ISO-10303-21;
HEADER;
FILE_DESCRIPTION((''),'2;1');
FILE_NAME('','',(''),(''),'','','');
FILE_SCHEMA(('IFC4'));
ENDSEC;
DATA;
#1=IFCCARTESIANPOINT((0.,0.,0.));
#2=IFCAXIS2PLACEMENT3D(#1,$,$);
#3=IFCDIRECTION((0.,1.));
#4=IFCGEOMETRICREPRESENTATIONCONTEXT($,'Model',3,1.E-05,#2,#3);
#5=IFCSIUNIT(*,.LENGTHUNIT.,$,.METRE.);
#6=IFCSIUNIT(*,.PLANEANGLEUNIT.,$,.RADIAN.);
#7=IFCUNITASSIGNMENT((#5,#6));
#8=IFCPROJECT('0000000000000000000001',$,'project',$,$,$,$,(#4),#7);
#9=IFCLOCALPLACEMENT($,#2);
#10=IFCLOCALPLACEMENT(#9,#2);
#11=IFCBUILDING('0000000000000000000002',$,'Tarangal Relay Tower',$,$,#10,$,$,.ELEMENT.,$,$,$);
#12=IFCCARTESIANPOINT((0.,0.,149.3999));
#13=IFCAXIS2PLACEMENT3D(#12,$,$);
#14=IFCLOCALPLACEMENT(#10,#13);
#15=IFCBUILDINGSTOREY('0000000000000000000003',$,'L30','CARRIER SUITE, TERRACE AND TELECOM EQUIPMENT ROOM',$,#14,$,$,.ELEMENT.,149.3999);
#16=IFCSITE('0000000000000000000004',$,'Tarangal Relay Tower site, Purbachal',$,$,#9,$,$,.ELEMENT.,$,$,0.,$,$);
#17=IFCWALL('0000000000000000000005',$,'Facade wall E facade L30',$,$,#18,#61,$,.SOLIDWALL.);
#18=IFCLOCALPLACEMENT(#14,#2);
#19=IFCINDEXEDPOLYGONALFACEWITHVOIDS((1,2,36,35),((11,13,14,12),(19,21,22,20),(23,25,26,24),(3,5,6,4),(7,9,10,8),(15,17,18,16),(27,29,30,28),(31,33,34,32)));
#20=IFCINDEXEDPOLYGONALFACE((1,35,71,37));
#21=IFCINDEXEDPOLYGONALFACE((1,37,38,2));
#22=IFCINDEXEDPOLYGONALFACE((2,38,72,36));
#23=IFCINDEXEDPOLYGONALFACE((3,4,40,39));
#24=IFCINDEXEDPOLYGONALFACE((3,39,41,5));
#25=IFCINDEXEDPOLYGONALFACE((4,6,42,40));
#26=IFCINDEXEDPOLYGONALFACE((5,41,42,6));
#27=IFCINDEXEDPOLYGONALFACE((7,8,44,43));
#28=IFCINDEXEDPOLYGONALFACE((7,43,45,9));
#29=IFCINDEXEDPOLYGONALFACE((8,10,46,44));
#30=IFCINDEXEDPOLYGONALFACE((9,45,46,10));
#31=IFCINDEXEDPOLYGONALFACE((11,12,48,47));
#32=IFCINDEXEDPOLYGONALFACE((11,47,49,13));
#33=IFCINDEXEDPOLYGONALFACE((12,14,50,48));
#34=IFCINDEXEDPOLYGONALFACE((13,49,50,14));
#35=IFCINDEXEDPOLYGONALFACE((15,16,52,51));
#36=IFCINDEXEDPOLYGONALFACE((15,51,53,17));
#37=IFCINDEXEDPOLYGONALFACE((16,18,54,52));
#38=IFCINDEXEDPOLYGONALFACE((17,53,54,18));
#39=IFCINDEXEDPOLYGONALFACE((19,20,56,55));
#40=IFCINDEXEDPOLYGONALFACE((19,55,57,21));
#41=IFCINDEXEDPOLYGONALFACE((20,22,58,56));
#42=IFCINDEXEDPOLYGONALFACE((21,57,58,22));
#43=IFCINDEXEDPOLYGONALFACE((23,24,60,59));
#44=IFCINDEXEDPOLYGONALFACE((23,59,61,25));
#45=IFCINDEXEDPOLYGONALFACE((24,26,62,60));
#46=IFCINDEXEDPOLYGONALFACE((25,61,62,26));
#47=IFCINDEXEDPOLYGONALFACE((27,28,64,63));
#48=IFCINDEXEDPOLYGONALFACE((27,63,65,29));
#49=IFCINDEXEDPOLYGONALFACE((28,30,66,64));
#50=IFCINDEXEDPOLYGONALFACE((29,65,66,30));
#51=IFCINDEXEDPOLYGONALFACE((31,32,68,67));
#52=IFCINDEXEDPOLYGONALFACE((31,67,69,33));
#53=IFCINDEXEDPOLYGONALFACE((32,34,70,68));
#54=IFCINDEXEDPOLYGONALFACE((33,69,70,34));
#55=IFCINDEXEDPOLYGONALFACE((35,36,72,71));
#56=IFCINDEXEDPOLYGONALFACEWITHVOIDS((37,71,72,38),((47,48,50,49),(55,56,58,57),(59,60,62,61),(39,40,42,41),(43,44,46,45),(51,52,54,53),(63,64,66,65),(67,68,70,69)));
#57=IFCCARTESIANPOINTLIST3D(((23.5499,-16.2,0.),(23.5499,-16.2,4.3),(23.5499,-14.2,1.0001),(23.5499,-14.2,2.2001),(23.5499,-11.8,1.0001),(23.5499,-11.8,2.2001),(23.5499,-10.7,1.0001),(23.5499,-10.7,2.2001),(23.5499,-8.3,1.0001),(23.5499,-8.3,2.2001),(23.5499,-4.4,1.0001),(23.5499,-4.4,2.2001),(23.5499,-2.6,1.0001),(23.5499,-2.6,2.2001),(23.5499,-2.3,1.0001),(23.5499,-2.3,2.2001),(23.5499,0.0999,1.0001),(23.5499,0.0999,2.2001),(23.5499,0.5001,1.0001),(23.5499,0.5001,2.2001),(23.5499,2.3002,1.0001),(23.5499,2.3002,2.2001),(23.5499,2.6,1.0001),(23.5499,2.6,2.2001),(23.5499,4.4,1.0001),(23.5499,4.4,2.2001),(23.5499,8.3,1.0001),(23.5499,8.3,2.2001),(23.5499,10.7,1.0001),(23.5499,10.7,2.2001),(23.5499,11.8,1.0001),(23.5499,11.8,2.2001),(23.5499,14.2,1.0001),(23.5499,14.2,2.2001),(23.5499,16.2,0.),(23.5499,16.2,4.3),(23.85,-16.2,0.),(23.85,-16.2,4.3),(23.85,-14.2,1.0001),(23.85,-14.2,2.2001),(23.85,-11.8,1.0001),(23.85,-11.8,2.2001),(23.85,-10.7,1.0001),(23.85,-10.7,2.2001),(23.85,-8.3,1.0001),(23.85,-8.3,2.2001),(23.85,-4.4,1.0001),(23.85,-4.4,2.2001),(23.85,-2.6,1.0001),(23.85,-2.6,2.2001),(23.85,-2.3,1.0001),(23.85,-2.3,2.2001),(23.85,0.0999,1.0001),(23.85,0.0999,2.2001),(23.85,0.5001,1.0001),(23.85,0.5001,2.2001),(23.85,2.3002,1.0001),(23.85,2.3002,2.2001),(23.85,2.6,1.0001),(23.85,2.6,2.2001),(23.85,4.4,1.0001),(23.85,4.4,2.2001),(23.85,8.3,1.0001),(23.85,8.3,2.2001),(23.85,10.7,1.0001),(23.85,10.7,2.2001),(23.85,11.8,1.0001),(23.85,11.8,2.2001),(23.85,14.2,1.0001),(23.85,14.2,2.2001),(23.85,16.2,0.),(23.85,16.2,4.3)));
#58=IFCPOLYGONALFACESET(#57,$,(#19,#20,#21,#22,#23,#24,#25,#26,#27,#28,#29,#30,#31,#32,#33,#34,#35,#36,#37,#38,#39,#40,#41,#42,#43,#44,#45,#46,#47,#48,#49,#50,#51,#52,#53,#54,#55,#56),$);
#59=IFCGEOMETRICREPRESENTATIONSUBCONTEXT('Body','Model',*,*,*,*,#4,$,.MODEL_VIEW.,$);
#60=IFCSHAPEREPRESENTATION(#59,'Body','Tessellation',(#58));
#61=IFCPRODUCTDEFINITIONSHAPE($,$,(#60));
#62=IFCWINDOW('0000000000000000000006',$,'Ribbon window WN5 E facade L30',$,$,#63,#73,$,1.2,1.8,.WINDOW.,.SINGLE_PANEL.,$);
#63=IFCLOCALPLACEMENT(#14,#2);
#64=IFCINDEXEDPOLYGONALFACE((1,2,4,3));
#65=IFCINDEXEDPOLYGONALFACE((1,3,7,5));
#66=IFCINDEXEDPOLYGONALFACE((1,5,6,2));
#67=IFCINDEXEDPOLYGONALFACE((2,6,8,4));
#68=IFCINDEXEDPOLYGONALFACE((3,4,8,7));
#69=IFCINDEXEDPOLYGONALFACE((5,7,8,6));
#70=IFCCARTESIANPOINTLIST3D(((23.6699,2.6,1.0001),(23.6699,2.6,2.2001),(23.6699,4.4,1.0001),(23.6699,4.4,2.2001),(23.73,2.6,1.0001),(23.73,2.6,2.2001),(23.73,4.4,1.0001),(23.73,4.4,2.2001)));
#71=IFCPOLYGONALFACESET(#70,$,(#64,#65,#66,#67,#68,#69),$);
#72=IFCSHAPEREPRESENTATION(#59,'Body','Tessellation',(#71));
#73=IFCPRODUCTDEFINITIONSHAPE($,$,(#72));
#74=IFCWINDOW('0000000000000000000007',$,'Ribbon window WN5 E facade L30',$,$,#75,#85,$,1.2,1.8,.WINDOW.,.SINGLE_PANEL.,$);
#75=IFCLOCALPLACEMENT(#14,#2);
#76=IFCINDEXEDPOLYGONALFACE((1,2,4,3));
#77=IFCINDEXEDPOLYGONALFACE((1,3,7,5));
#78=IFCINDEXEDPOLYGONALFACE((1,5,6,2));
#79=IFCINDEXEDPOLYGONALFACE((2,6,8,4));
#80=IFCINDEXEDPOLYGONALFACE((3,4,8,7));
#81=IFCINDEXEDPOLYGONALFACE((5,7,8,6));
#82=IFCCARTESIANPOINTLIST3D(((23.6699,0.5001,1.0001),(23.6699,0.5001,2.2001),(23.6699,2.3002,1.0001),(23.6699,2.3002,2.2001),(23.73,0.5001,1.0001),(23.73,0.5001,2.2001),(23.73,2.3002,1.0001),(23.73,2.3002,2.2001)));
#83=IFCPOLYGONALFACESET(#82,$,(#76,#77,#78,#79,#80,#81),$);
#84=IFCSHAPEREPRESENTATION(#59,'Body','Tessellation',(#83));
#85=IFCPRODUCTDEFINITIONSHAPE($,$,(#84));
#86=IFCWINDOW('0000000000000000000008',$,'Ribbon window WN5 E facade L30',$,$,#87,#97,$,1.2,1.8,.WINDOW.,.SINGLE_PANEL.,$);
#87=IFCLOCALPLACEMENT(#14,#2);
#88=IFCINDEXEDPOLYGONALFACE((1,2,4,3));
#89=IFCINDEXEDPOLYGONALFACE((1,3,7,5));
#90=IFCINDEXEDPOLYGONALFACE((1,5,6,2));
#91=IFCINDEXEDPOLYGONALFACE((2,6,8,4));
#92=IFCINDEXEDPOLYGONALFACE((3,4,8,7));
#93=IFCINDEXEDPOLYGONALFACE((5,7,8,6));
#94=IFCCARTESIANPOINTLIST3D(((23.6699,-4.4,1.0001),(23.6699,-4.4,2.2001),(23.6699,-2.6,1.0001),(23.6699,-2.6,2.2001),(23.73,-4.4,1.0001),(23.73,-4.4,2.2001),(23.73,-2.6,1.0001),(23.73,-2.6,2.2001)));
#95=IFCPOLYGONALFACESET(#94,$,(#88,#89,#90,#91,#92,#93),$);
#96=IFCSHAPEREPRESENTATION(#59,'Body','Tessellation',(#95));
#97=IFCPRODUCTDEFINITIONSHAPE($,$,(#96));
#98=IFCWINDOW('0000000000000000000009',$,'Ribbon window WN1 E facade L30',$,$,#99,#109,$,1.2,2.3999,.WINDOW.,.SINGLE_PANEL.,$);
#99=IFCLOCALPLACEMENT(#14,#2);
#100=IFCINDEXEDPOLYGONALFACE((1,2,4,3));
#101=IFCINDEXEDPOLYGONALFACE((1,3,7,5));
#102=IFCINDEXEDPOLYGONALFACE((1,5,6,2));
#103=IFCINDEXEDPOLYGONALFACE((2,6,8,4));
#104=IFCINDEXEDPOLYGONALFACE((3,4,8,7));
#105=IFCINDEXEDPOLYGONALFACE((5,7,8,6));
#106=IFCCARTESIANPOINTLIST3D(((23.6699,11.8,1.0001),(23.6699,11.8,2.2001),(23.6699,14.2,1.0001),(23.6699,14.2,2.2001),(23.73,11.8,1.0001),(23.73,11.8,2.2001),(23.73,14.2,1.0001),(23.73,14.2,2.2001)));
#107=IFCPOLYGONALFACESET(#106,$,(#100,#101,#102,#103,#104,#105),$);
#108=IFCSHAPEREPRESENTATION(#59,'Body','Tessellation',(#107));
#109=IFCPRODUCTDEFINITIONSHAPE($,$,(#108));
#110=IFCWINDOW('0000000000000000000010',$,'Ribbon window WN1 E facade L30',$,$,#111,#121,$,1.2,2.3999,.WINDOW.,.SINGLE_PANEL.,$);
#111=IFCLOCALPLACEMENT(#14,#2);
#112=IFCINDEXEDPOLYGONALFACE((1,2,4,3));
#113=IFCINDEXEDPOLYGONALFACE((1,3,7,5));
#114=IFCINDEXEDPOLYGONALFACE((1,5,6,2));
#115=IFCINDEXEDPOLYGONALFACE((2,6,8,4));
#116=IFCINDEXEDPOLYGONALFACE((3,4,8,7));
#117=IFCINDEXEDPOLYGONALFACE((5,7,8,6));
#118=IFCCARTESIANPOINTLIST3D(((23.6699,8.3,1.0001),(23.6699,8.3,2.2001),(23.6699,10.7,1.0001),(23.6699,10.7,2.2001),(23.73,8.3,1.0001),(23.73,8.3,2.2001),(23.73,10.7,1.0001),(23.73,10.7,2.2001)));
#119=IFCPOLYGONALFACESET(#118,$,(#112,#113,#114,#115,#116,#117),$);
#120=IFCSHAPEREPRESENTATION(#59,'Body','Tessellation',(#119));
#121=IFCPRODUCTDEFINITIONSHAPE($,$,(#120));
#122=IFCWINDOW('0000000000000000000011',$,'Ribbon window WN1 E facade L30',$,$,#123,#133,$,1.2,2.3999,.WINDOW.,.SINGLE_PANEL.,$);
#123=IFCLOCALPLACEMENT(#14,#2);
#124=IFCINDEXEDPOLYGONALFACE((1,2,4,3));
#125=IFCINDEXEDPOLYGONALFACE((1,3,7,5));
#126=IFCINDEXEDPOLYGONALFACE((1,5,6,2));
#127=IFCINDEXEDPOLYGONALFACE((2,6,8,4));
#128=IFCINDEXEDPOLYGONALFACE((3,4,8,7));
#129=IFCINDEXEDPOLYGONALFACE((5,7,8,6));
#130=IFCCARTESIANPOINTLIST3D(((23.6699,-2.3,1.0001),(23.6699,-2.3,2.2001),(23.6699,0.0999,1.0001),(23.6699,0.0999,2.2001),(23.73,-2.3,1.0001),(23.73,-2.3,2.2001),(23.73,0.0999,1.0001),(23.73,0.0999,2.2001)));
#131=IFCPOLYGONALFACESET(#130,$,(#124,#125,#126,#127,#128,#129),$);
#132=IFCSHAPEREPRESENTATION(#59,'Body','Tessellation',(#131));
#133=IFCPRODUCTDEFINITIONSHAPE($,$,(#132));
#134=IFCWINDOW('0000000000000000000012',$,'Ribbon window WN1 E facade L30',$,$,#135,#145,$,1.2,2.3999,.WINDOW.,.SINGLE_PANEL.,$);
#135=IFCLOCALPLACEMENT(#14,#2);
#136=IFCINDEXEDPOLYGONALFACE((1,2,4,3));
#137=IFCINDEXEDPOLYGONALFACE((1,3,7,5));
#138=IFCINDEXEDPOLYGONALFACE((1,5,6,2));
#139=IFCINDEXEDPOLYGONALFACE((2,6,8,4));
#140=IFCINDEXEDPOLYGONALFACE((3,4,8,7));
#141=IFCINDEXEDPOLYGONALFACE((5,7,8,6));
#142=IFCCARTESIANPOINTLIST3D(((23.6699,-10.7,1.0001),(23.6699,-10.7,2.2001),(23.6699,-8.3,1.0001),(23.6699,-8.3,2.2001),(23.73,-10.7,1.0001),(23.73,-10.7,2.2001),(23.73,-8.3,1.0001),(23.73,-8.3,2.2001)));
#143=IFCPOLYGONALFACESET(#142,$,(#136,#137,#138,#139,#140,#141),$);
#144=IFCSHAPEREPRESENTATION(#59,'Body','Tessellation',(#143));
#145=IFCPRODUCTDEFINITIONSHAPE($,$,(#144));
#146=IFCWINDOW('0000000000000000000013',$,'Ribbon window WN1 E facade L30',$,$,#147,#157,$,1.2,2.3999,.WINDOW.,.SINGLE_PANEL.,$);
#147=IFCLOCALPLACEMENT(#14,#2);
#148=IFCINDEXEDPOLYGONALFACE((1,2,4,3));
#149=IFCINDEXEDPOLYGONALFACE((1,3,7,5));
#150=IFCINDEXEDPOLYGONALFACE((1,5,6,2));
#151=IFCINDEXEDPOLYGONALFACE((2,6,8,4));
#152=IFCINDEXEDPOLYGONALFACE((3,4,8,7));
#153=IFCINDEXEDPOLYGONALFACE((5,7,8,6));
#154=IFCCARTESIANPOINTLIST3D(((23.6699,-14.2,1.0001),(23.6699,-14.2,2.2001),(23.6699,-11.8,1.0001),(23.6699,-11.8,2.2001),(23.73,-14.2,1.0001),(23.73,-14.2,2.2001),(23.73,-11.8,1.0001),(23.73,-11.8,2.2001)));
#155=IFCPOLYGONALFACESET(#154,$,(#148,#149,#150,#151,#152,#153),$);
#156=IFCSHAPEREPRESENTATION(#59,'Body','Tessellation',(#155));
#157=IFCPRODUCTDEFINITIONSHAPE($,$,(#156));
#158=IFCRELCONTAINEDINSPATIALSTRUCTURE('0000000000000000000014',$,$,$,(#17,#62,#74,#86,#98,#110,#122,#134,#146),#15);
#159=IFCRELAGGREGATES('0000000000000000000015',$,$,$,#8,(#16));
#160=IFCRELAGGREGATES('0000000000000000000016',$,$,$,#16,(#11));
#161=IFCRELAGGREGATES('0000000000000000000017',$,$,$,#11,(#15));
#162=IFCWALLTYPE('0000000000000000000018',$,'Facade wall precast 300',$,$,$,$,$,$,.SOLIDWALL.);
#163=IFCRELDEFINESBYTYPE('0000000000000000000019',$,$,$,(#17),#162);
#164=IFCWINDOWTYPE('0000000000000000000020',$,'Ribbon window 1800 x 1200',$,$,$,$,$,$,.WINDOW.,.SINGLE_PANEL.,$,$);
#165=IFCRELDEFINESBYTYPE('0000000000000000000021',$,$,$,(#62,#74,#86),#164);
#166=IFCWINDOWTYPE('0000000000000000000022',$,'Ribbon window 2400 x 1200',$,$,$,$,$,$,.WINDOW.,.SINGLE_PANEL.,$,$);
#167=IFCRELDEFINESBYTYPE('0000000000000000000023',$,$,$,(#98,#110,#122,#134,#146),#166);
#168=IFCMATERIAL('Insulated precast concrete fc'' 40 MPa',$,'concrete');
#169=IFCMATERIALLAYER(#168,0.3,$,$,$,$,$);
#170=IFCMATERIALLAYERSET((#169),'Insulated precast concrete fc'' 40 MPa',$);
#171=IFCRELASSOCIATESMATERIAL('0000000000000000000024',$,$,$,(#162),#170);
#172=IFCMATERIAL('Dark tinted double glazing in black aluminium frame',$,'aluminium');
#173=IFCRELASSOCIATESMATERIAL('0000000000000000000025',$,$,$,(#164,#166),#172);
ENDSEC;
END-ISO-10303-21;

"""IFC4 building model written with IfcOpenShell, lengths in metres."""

from ifc_helpers import new_model, si_unit, direction, frame, frame_2d, origin, place, context, subcontext, project, spatial, rectangle, extrude, material, layer, layer_set, type_object, element, fill, save


model = new_model("IFC4")

# Units and contexts
model_context = context("Model", 3, precision=1e-05, world=origin(), true_north=direction((0.0, 1.0)))
body_context = subcontext(model_context, "Body", "Model", "MODEL_VIEW")
ifc_project = project(units=[si_unit("LENGTHUNIT", "METRE"), si_unit("PLANEANGLEUNIT", "RADIAN")], contexts=[model_context])

# Site, building, storey
site_placement = place(None, origin())
site = spatial("IfcSite", under=ifc_project, at=site_placement, Name="Tarangal Relay Tower site, Purbachal", CompositionType="ELEMENT", RefElevation=0.0)
building_placement = place(site_placement, origin())
building = spatial("IfcBuilding", under=site, at=building_placement, Name="Tarangal Relay Tower", CompositionType="ELEMENT")
storey_placement = place(building_placement, frame((0.0, 0.0, 149.3999)))
storey = spatial("IfcBuildingStorey", under=building, at=storey_placement, Name="L30", Description="CARRIER SUITE, TERRACE AND TELECOM EQUIPMENT ROOM", CompositionType="ELEMENT", Elevation=149.3999)

# Shared definitions
ifc_material_1 = material(Name="Insulated precast concrete fc' 40 MPa", Category="concrete")
ifc_layer_1 = layer(ifc_material_1, 0.3)
ifc_layer_set_1 = layer_set([ifc_layer_1], Name="Insulated precast concrete fc' 40 MPa")
wall_type_1 = type_object("IfcWallType", Name="Facade wall precast 300", PredefinedType="SOLIDWALL", material=ifc_layer_set_1)

# Wall, openings, windows
wall_1_placement = place(storey_placement, frame((23.7, 16.2, 0.0), z_axis=(0.0, 0.0, 1.0), x_axis=(0.0, -1.0, 0.0)))
wall_1 = element("IfcWall", 1, at=wall_1_placement, inside=storey, type_object=wall_type_1, Name="Facade wall E facade L30", PredefinedType="SOLIDWALL", context=body_context, shape_type="SweptSolid", body=[
    extrude(rectangle(XDim=32.3999, YDim=0.3, at=frame_2d((16.2, 0.0))), origin(), (0.0, 0.0, 1.0), 4.3),
])
opening_1_placement = place(wall_1_placement, frame((2.0, 0.0, 1.0)))
opening_1 = element("IfcOpeningElement", 2, at=opening_1_placement, cuts=wall_1, PredefinedType="OPENING", context=body_context, shape_type="SweptSolid", body=[
    extrude(rectangle(XDim=2.3999, YDim=1.2, at=frame_2d((1.2, 0.6001))), frame((0.0, 0.1599, 0.0), z_axis=(0.0, -1.0, 0.0), x_axis=(1.0, 0.0, 0.0)), (0.0, 0.0, 1.0), 0.3201),
])
opening_2_placement = place(wall_1_placement, frame((5.5, 0.0, 1.0)))
opening_2 = element("IfcOpeningElement", 3, at=opening_2_placement, cuts=wall_1, PredefinedType="OPENING", context=body_context, shape_type="SweptSolid", body=[
    extrude(rectangle(XDim=2.3999, YDim=1.2, at=frame_2d((1.2, 0.6001))), frame((0.0, 0.1599, 0.0), z_axis=(0.0, -1.0, 0.0), x_axis=(1.0, 0.0, 0.0)), (0.0, 0.0, 1.0), 0.3201),
])
opening_3_placement = place(wall_1_placement, frame((11.8, 0.0, 1.0)))
opening_3 = element("IfcOpeningElement", 4, at=opening_3_placement, cuts=wall_1, PredefinedType="OPENING", context=body_context, shape_type="SweptSolid", body=[
    extrude(rectangle(XDim=1.8, YDim=1.2, at=frame_2d((0.8999, 0.6001))), frame((0.0, 0.1599, 0.0), z_axis=(0.0, -1.0, 0.0), x_axis=(1.0, 0.0, 0.0)), (0.0, 0.0, 1.0), 0.3201),
])
opening_4_placement = place(wall_1_placement, frame((13.8999, 0.0, 1.0)))
opening_4 = element("IfcOpeningElement", 5, at=opening_4_placement, cuts=wall_1, PredefinedType="OPENING", context=body_context, shape_type="SweptSolid", body=[
    extrude(rectangle(XDim=1.8, YDim=1.2, at=frame_2d((0.8999, 0.6001))), frame((0.0, 0.1599, 0.0), z_axis=(0.0, -1.0, 0.0), x_axis=(1.0, 0.0, 0.0)), (0.0, 0.0, 1.0), 0.3201),
])
opening_5_placement = place(wall_1_placement, frame((16.1001, 0.0, 1.0)))
opening_5 = element("IfcOpeningElement", 6, at=opening_5_placement, cuts=wall_1, PredefinedType="OPENING", context=body_context, shape_type="SweptSolid", body=[
    extrude(rectangle(XDim=2.3999, YDim=1.2, at=frame_2d((1.2, 0.6001))), frame((0.0, 0.1599, 0.0), z_axis=(0.0, -1.0, 0.0), x_axis=(1.0, 0.0, 0.0)), (0.0, 0.0, 1.0), 0.3201),
])
opening_6_placement = place(wall_1_placement, frame((18.8, 0.0, 1.0)))
opening_6 = element("IfcOpeningElement", 7, at=opening_6_placement, cuts=wall_1, PredefinedType="OPENING", context=body_context, shape_type="SweptSolid", body=[
    extrude(rectangle(XDim=1.8, YDim=1.2, at=frame_2d((0.8999, 0.6001))), frame((0.0, 0.1599, 0.0), z_axis=(0.0, -1.0, 0.0), x_axis=(1.0, 0.0, 0.0)), (0.0, 0.0, 1.0), 0.3201),
])
opening_7_placement = place(wall_1_placement, frame((24.5, 0.0, 1.0)))
opening_7 = element("IfcOpeningElement", 8, at=opening_7_placement, cuts=wall_1, PredefinedType="OPENING", context=body_context, shape_type="SweptSolid", body=[
    extrude(rectangle(XDim=2.3999, YDim=1.2, at=frame_2d((1.2, 0.6001))), frame((0.0, 0.1599, 0.0), z_axis=(0.0, -1.0, 0.0), x_axis=(1.0, 0.0, 0.0)), (0.0, 0.0, 1.0), 0.3201),
])
opening_8_placement = place(wall_1_placement, frame((28.0, 0.0, 1.0)))
opening_8 = element("IfcOpeningElement", 9, at=opening_8_placement, cuts=wall_1, PredefinedType="OPENING", context=body_context, shape_type="SweptSolid", body=[
    extrude(rectangle(XDim=2.3999, YDim=1.2, at=frame_2d((1.2, 0.6001))), frame((0.0, 0.1599, 0.0), z_axis=(0.0, -1.0, 0.0), x_axis=(1.0, 0.0, 0.0)), (0.0, 0.0, 1.0), 0.3201),
])
ifc_material_2 = material(Name="Dark tinted double glazing in black aluminium frame", Category="aluminium")
window_type_1 = type_object("IfcWindowType", Name="Ribbon window 1800 x 1200", PartitioningType="SINGLE_PANEL", PredefinedType="WINDOW", material=ifc_material_2)
window_1_placement = place(opening_3_placement, origin())
window_1 = element("IfcWindow", 10, at=window_1_placement, inside=storey, type_object=window_type_1, Name="Ribbon window WN5 E facade L30", OverallHeight=1.2, OverallWidth=1.8, PartitioningType="SINGLE_PANEL", PredefinedType="WINDOW", context=body_context, shape_type="SweptSolid", body=[
    extrude(rectangle(XDim=1.8, YDim=1.2, at=frame_2d((0.8999, 0.6001))), frame((0.0, 0.03, 0.0), z_axis=(0.0, -1.0, 0.0), x_axis=(1.0, 0.0, 0.0)), (0.0, 0.0, 1.0), 0.0601),
])
fill(opening_3, window_1)
window_2_placement = place(opening_4_placement, origin())
window_2 = element("IfcWindow", 11, at=window_2_placement, inside=storey, type_object=window_type_1, Name="Ribbon window WN5 E facade L30", OverallHeight=1.2, OverallWidth=1.8, PartitioningType="SINGLE_PANEL", PredefinedType="WINDOW", context=body_context, shape_type="SweptSolid", body=[
    extrude(rectangle(XDim=1.8, YDim=1.2, at=frame_2d((0.8999, 0.6001))), frame((0.0, 0.03, 0.0), z_axis=(0.0, -1.0, 0.0), x_axis=(1.0, 0.0, 0.0)), (0.0, 0.0, 1.0), 0.0601),
])
fill(opening_4, window_2)
window_3_placement = place(opening_6_placement, origin())
window_3 = element("IfcWindow", 12, at=window_3_placement, inside=storey, type_object=window_type_1, Name="Ribbon window WN5 E facade L30", OverallHeight=1.2, OverallWidth=1.8, PartitioningType="SINGLE_PANEL", PredefinedType="WINDOW", context=body_context, shape_type="SweptSolid", body=[
    extrude(rectangle(XDim=1.8, YDim=1.2, at=frame_2d((0.8999, 0.6001))), frame((0.0, 0.03, 0.0), z_axis=(0.0, -1.0, 0.0), x_axis=(1.0, 0.0, 0.0)), (0.0, 0.0, 1.0), 0.0601),
])
fill(opening_6, window_3)
window_type_2 = type_object("IfcWindowType", Name="Ribbon window 2400 x 1200", PartitioningType="SINGLE_PANEL", PredefinedType="WINDOW", material=ifc_material_2)
window_4_placement = place(opening_1_placement, origin())
window_4 = element("IfcWindow", 13, at=window_4_placement, inside=storey, type_object=window_type_2, Name="Ribbon window WN1 E facade L30", OverallHeight=1.2, OverallWidth=2.3999, PartitioningType="SINGLE_PANEL", PredefinedType="WINDOW", context=body_context, shape_type="SweptSolid", body=[
    extrude(rectangle(XDim=2.3999, YDim=1.2, at=frame_2d((1.2, 0.6001))), frame((0.0, 0.03, 0.0), z_axis=(0.0, -1.0, 0.0), x_axis=(1.0, 0.0, 0.0)), (0.0, 0.0, 1.0), 0.0601),
])
fill(opening_1, window_4)
window_5_placement = place(opening_2_placement, origin())
window_5 = element("IfcWindow", 14, at=window_5_placement, inside=storey, type_object=window_type_2, Name="Ribbon window WN1 E facade L30", OverallHeight=1.2, OverallWidth=2.3999, PartitioningType="SINGLE_PANEL", PredefinedType="WINDOW", context=body_context, shape_type="SweptSolid", body=[
    extrude(rectangle(XDim=2.3999, YDim=1.2, at=frame_2d((1.2, 0.6001))), frame((0.0, 0.03, 0.0), z_axis=(0.0, -1.0, 0.0), x_axis=(1.0, 0.0, 0.0)), (0.0, 0.0, 1.0), 0.0601),
])
fill(opening_2, window_5)
window_6_placement = place(opening_5_placement, origin())
window_6 = element("IfcWindow", 15, at=window_6_placement, inside=storey, type_object=window_type_2, Name="Ribbon window WN1 E facade L30", OverallHeight=1.2, OverallWidth=2.3999, PartitioningType="SINGLE_PANEL", PredefinedType="WINDOW", context=body_context, shape_type="SweptSolid", body=[
    extrude(rectangle(XDim=2.3999, YDim=1.2, at=frame_2d((1.2, 0.6001))), frame((0.0, 0.03, 0.0), z_axis=(0.0, -1.0, 0.0), x_axis=(1.0, 0.0, 0.0)), (0.0, 0.0, 1.0), 0.0601),
])
fill(opening_5, window_6)
window_7_placement = place(opening_7_placement, origin())
window_7 = element("IfcWindow", 16, at=window_7_placement, inside=storey, type_object=window_type_2, Name="Ribbon window WN1 E facade L30", OverallHeight=1.2, OverallWidth=2.3999, PartitioningType="SINGLE_PANEL", PredefinedType="WINDOW", context=body_context, shape_type="SweptSolid", body=[
    extrude(rectangle(XDim=2.3999, YDim=1.2, at=frame_2d((1.2, 0.6001))), frame((0.0, 0.03, 0.0), z_axis=(0.0, -1.0, 0.0), x_axis=(1.0, 0.0, 0.0)), (0.0, 0.0, 1.0), 0.0601),
])
fill(opening_7, window_7)
window_8_placement = place(opening_8_placement, origin())
window_8 = element("IfcWindow", 17, at=window_8_placement, inside=storey, type_object=window_type_2, Name="Ribbon window WN1 E facade L30", OverallHeight=1.2, OverallWidth=2.3999, PartitioningType="SINGLE_PANEL", PredefinedType="WINDOW", context=body_context, shape_type="SweptSolid", body=[
    extrude(rectangle(XDim=2.3999, YDim=1.2, at=frame_2d((1.2, 0.6001))), frame((0.0, 0.03, 0.0), z_axis=(0.0, -1.0, 0.0), x_axis=(1.0, 0.0, 0.0)), (0.0, 0.0, 1.0), 0.0601),
])
fill(opening_8, window_8)

save(model, "model.ifc")
